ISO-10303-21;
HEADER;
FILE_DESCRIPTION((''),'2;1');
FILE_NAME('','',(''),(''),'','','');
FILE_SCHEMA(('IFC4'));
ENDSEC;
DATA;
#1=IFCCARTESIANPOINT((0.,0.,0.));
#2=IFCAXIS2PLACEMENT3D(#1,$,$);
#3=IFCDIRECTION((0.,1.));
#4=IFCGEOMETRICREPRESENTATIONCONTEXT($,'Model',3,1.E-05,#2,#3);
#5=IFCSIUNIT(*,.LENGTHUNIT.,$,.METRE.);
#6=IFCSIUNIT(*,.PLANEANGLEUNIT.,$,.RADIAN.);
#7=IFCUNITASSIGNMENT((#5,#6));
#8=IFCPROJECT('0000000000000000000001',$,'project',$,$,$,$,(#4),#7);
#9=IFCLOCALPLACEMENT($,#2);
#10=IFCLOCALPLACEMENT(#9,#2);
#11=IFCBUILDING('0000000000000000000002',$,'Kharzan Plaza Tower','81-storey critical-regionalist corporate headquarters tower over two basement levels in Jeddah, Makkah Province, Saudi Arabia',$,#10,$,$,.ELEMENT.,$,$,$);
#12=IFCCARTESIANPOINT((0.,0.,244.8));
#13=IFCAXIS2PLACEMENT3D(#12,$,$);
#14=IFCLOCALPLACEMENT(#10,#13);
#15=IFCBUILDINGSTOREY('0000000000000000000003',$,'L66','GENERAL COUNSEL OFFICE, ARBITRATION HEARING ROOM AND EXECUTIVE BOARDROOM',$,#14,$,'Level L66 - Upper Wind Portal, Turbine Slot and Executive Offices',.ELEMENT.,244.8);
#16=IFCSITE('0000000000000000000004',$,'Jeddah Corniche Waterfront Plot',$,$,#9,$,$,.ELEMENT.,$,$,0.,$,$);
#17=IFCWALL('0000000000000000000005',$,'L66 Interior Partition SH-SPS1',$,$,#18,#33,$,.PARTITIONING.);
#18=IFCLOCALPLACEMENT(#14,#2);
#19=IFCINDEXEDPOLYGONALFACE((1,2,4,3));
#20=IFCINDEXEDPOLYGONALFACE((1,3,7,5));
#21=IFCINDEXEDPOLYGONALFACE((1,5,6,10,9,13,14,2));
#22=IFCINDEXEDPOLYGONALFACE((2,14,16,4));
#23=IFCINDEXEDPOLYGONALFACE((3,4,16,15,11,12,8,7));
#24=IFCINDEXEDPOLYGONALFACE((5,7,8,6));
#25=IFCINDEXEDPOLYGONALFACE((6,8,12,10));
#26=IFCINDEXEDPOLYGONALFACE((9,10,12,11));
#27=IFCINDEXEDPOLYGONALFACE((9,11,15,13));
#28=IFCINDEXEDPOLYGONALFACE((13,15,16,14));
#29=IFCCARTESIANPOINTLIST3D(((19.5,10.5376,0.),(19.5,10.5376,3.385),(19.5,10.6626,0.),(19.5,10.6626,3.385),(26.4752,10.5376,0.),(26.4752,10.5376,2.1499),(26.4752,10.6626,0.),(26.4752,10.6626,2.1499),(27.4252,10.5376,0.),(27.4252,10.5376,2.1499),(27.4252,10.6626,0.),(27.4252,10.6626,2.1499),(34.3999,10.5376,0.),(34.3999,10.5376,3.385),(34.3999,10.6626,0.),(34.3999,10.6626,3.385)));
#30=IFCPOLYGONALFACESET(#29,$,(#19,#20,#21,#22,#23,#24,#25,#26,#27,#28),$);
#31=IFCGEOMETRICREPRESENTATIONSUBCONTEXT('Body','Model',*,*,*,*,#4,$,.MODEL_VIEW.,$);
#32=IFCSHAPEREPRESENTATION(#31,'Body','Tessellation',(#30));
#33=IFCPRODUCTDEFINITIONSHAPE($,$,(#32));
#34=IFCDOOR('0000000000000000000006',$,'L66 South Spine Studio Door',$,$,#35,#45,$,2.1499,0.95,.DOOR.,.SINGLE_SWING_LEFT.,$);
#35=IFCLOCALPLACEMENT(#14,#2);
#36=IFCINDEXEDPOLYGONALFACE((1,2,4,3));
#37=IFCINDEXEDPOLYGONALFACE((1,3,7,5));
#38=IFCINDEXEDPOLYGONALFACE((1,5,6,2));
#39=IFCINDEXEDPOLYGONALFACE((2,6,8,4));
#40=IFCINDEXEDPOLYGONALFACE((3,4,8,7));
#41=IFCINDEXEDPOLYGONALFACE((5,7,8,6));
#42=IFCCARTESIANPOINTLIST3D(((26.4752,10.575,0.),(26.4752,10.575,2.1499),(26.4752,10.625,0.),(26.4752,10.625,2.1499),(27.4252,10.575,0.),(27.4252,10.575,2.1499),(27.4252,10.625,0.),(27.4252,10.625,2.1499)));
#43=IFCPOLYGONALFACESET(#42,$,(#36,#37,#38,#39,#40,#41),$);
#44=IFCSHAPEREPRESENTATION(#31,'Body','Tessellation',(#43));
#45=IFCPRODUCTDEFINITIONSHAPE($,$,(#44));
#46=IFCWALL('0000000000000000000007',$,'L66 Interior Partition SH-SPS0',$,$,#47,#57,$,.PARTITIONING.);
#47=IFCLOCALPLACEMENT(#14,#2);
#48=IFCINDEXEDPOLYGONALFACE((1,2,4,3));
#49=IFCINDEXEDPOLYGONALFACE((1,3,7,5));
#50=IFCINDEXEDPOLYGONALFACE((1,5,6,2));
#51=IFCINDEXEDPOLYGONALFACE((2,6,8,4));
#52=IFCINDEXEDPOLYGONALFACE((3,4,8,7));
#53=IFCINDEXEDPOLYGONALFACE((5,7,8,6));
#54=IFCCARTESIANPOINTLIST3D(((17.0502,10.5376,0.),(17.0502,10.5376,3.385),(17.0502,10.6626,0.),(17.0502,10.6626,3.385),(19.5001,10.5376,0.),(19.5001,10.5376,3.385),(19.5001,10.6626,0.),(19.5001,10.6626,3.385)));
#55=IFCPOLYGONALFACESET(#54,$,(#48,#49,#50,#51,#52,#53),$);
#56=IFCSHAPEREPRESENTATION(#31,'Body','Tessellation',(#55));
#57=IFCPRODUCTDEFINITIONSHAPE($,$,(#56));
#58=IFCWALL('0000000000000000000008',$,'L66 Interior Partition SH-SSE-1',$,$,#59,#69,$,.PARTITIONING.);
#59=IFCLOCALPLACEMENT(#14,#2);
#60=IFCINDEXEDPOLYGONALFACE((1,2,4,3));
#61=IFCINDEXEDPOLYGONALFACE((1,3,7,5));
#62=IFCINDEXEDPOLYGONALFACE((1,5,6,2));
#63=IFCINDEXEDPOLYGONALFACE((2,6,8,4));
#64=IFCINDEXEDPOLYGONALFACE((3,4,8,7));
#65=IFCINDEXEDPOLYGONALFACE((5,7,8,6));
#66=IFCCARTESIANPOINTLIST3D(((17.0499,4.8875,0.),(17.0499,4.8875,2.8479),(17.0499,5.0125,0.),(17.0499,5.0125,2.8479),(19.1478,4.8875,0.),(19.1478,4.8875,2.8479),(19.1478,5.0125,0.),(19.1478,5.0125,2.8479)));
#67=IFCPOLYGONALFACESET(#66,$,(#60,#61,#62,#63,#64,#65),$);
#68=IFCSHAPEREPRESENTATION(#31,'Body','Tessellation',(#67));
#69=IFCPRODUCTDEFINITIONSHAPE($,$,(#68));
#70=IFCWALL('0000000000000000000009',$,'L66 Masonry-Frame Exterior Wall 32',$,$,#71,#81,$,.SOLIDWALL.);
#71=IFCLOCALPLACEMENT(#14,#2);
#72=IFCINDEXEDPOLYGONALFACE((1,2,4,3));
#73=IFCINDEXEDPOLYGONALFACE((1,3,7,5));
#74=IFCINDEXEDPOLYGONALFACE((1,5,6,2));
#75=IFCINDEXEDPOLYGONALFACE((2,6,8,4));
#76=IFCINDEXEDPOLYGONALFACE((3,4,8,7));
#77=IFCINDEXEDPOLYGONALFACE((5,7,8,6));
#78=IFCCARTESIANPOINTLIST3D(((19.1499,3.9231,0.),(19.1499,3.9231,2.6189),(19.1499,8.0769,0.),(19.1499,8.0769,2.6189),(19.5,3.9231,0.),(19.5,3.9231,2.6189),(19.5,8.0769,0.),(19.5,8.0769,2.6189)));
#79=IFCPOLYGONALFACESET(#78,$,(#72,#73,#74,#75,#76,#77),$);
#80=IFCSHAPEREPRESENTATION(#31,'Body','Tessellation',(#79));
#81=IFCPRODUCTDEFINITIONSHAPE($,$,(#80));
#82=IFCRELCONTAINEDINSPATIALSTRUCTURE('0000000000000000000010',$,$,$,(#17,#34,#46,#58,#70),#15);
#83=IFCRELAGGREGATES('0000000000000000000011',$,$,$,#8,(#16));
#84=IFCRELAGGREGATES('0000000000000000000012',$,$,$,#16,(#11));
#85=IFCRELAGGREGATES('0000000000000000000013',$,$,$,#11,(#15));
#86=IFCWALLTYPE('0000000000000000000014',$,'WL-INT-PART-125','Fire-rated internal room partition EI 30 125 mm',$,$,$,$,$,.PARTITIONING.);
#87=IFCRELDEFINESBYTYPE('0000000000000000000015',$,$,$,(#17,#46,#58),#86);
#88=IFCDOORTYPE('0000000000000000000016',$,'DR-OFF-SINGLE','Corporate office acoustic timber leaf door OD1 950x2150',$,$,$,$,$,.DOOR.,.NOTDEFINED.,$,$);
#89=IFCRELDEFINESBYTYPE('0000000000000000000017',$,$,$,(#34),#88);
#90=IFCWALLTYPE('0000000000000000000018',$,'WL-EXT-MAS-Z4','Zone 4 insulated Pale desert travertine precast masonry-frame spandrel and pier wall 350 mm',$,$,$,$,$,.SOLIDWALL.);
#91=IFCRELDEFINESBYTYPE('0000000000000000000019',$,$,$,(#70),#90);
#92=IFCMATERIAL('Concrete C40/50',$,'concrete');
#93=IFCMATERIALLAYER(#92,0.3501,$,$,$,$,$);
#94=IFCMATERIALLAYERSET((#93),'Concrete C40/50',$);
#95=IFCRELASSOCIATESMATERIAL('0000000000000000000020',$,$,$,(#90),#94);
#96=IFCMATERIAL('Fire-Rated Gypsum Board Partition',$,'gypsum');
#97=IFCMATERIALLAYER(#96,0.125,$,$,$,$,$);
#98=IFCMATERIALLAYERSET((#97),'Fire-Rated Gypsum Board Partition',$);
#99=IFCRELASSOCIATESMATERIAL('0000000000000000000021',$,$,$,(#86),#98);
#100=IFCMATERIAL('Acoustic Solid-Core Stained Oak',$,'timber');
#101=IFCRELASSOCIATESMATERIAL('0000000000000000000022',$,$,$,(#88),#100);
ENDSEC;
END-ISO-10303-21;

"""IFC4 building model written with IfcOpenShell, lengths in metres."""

from ifc_helpers import new_model, si_unit, direction, frame, frame_2d, origin, place, context, subcontext, project, spatial, rectangle, extrude, source, transform, mapped, material, layer, layer_set, type_object, element, fill, save


model = new_model("IFC4")

# Units and contexts
model_context = context("Model", 3, precision=1e-05, world=origin(), true_north=direction((0.0, 1.0)))
body_context = subcontext(model_context, "Body", "Model", "MODEL_VIEW")
ifc_project = project(units=[si_unit("LENGTHUNIT", "METRE"), si_unit("PLANEANGLEUNIT", "RADIAN")], contexts=[model_context])

# Site, building, storey
site_placement = place(None, origin())
site = spatial("IfcSite", under=ifc_project, at=site_placement, Name="Jeddah Corniche Waterfront Plot", CompositionType="ELEMENT", RefElevation=0.0)
building_placement = place(site_placement, origin())
building = spatial("IfcBuilding", under=site, at=building_placement, Name="Kharzan Plaza Tower", Description="81-storey critical-regionalist corporate headquarters tower over two basement levels in Jeddah, Makkah Province, Saudi Arabia", CompositionType="ELEMENT")
storey_placement = place(building_placement, frame((0.0, 0.0, 244.8)))
storey = spatial("IfcBuildingStorey", under=building, at=storey_placement, Name="L66", Description="GENERAL COUNSEL OFFICE, ARBITRATION HEARING ROOM AND EXECUTIVE BOARDROOM", LongName="Level L66 - Upper Wind Portal, Turbine Slot and Executive Offices", CompositionType="ELEMENT", Elevation=244.8)

# Shared definitions
ifc_material_1 = material(Name="Concrete C40/50", Category="concrete")
ifc_layer_1 = layer(ifc_material_1, 0.3501)
ifc_layer_set_1 = layer_set([ifc_layer_1], Name="Concrete C40/50")
wall_type_1 = type_object("IfcWallType", Name="WL-EXT-MAS-Z4", Description="Zone 4 insulated Pale desert travertine precast masonry-frame spandrel and pier wall 350 mm", PredefinedType="SOLIDWALL", material=ifc_layer_set_1)

# Wall, opening, door
ifc_material_2 = material(Name="Fire-Rated Gypsum Board Partition", Category="gypsum")
ifc_layer_2 = layer(ifc_material_2, 0.125)
ifc_layer_set_2 = layer_set([ifc_layer_2], Name="Fire-Rated Gypsum Board Partition")
wall_type_2 = type_object("IfcWallType", Name="WL-INT-PART-125", Description="Fire-rated internal room partition EI 30 125 mm", PredefinedType="PARTITIONING", material=ifc_layer_set_2)
ifc_material_3 = material(Name="Acoustic Solid-Core Stained Oak", Category="timber")
door_type = type_object("IfcDoorType", Name="DR-OFF-SINGLE", Description="Corporate office acoustic timber leaf door OD1 950x2150", OperationType="NOTDEFINED", PredefinedType="DOOR", material=ifc_material_3)
shared_shape_1 = source(origin(), body_context, "Body", "SweptSolid", [
    extrude(rectangle(XDim=0.95, YDim=2.1499, at=frame_2d((0.4751, 1.075))), frame((0.0, 0.0249, 0.0), z_axis=(0.0, -1.0, 0.0), x_axis=(1.0, 0.0, 0.0)), (0.0, 0.0, 1.0), 0.05),
])
wall_1_placement = place(storey_placement, frame((19.5, 10.6001, 0.0), z_axis=(0.0, 0.0, 1.0), x_axis=(1.0, 0.0, 0.0)))
wall_1 = element("IfcWall", 1, at=wall_1_placement, inside=storey, type_object=wall_type_2, Name="L66 Interior Partition SH-SPS1", PredefinedType="PARTITIONING", context=body_context, shape_type="SweptSolid", body=[
    extrude(rectangle(XDim=14.8999, YDim=0.125, at=frame_2d((7.45, 0.0))), origin(), (0.0, 0.0, 1.0), 3.385),
])
opening_1_placement = place(wall_1_placement, frame((6.9751, 0.0, 0.0)))
opening_1 = element("IfcOpeningElement", 2, at=opening_1_placement, cuts=wall_1, PredefinedType="OPENING", context=body_context, shape_type="SweptSolid", body=[
    extrude(rectangle(XDim=0.95, YDim=2.1499, at=frame_2d((0.4751, 1.075))), frame((0.0, 0.0725, 0.0), z_axis=(0.0, -1.0, 0.0), x_axis=(1.0, 0.0, 0.0)), (0.0, 0.0, 1.0), 0.145),
])
door_1_placement = place(opening_1_placement, origin())
door_1 = element("IfcDoor", 3, at=door_1_placement, inside=storey, type_object=door_type, Name="L66 South Spine Studio Door", OperationType="SINGLE_SWING_LEFT", OverallHeight=2.1499, OverallWidth=0.95, PredefinedType="DOOR", context=body_context, shape_type="MappedRepresentation", body=[
    mapped(shared_shape_1, transform((0.0, 0.0, 0.0), x_axis=(1.0, 0.0, 0.0), y_axis=(0.0, 1.0, 0.0), z_axis=(0.0, 0.0, 1.0))),
])
fill(opening_1, door_1)

# Walls
shared_shape_2 = source(origin(), body_context, "Body", "SweptSolid", [
    extrude(rectangle(XDim=2.45, YDim=0.125, at=frame_2d((1.2251, 0.0))), origin(), (0.0, 0.0, 1.0), 3.385),
])
wall_2_placement = place(storey_placement, frame((17.05, 10.6001, 0.0), z_axis=(0.0, 0.0, 1.0), x_axis=(1.0, 0.0, 0.0)))
element("IfcWall", 4, at=wall_2_placement, inside=storey, type_object=wall_type_2, Name="L66 Interior Partition SH-SPS0", PredefinedType="PARTITIONING", context=body_context, shape_type="MappedRepresentation", body=[
    mapped(shared_shape_2, transform((0.0, 0.0, 0.0), x_axis=(1.0, 0.0, 0.0), y_axis=(0.0, 1.0, 0.0), z_axis=(0.0, 0.0, 1.0))),
])
shared_shape_3 = source(origin(), body_context, "Body", "SweptSolid", [
    extrude(rectangle(XDim=2.0979, YDim=0.125, at=frame_2d((1.0488, 0.0))), origin(), (0.0, 0.0, 1.0), 2.8479),
])
wall_3_placement = place(storey_placement, frame((17.05, 4.95, 0.0), z_axis=(0.0, 0.0, 1.0), x_axis=(1.0, 0.0, 0.0)))
element("IfcWall", 5, at=wall_3_placement, inside=storey, type_object=wall_type_2, Name="L66 Interior Partition SH-SSE-1", PredefinedType="PARTITIONING", context=body_context, shape_type="MappedRepresentation", body=[
    mapped(shared_shape_3, transform((0.0, 0.0, 0.0), x_axis=(1.0, 0.0, 0.0), y_axis=(0.0, 1.0, 0.0), z_axis=(0.0, 0.0, 1.0))),
])
shared_shape_4 = source(origin(), body_context, "Body", "SweptSolid", [
    extrude(rectangle(XDim=4.1538, YDim=0.3501, at=frame_2d((2.0769, 0.0))), origin(), (0.0, 0.0, 1.0), 2.6189),
])
wall_4_placement = place(storey_placement, frame((19.325, 3.9231, 0.0), z_axis=(0.0, 0.0, 1.0), x_axis=(0.0, 1.0, 0.0)))
element("IfcWall", 6, at=wall_4_placement, inside=storey, type_object=wall_type_1, Name="L66 Masonry-Frame Exterior Wall 32", PredefinedType="SOLIDWALL", context=body_context, shape_type="MappedRepresentation", body=[
    mapped(shared_shape_4, transform((0.0, 0.0, 0.0), x_axis=(1.0, 0.0, 0.0), y_axis=(0.0, 1.0, 0.0), z_axis=(0.0, 0.0, 1.0))),
])

save(model, "model.ifc")
